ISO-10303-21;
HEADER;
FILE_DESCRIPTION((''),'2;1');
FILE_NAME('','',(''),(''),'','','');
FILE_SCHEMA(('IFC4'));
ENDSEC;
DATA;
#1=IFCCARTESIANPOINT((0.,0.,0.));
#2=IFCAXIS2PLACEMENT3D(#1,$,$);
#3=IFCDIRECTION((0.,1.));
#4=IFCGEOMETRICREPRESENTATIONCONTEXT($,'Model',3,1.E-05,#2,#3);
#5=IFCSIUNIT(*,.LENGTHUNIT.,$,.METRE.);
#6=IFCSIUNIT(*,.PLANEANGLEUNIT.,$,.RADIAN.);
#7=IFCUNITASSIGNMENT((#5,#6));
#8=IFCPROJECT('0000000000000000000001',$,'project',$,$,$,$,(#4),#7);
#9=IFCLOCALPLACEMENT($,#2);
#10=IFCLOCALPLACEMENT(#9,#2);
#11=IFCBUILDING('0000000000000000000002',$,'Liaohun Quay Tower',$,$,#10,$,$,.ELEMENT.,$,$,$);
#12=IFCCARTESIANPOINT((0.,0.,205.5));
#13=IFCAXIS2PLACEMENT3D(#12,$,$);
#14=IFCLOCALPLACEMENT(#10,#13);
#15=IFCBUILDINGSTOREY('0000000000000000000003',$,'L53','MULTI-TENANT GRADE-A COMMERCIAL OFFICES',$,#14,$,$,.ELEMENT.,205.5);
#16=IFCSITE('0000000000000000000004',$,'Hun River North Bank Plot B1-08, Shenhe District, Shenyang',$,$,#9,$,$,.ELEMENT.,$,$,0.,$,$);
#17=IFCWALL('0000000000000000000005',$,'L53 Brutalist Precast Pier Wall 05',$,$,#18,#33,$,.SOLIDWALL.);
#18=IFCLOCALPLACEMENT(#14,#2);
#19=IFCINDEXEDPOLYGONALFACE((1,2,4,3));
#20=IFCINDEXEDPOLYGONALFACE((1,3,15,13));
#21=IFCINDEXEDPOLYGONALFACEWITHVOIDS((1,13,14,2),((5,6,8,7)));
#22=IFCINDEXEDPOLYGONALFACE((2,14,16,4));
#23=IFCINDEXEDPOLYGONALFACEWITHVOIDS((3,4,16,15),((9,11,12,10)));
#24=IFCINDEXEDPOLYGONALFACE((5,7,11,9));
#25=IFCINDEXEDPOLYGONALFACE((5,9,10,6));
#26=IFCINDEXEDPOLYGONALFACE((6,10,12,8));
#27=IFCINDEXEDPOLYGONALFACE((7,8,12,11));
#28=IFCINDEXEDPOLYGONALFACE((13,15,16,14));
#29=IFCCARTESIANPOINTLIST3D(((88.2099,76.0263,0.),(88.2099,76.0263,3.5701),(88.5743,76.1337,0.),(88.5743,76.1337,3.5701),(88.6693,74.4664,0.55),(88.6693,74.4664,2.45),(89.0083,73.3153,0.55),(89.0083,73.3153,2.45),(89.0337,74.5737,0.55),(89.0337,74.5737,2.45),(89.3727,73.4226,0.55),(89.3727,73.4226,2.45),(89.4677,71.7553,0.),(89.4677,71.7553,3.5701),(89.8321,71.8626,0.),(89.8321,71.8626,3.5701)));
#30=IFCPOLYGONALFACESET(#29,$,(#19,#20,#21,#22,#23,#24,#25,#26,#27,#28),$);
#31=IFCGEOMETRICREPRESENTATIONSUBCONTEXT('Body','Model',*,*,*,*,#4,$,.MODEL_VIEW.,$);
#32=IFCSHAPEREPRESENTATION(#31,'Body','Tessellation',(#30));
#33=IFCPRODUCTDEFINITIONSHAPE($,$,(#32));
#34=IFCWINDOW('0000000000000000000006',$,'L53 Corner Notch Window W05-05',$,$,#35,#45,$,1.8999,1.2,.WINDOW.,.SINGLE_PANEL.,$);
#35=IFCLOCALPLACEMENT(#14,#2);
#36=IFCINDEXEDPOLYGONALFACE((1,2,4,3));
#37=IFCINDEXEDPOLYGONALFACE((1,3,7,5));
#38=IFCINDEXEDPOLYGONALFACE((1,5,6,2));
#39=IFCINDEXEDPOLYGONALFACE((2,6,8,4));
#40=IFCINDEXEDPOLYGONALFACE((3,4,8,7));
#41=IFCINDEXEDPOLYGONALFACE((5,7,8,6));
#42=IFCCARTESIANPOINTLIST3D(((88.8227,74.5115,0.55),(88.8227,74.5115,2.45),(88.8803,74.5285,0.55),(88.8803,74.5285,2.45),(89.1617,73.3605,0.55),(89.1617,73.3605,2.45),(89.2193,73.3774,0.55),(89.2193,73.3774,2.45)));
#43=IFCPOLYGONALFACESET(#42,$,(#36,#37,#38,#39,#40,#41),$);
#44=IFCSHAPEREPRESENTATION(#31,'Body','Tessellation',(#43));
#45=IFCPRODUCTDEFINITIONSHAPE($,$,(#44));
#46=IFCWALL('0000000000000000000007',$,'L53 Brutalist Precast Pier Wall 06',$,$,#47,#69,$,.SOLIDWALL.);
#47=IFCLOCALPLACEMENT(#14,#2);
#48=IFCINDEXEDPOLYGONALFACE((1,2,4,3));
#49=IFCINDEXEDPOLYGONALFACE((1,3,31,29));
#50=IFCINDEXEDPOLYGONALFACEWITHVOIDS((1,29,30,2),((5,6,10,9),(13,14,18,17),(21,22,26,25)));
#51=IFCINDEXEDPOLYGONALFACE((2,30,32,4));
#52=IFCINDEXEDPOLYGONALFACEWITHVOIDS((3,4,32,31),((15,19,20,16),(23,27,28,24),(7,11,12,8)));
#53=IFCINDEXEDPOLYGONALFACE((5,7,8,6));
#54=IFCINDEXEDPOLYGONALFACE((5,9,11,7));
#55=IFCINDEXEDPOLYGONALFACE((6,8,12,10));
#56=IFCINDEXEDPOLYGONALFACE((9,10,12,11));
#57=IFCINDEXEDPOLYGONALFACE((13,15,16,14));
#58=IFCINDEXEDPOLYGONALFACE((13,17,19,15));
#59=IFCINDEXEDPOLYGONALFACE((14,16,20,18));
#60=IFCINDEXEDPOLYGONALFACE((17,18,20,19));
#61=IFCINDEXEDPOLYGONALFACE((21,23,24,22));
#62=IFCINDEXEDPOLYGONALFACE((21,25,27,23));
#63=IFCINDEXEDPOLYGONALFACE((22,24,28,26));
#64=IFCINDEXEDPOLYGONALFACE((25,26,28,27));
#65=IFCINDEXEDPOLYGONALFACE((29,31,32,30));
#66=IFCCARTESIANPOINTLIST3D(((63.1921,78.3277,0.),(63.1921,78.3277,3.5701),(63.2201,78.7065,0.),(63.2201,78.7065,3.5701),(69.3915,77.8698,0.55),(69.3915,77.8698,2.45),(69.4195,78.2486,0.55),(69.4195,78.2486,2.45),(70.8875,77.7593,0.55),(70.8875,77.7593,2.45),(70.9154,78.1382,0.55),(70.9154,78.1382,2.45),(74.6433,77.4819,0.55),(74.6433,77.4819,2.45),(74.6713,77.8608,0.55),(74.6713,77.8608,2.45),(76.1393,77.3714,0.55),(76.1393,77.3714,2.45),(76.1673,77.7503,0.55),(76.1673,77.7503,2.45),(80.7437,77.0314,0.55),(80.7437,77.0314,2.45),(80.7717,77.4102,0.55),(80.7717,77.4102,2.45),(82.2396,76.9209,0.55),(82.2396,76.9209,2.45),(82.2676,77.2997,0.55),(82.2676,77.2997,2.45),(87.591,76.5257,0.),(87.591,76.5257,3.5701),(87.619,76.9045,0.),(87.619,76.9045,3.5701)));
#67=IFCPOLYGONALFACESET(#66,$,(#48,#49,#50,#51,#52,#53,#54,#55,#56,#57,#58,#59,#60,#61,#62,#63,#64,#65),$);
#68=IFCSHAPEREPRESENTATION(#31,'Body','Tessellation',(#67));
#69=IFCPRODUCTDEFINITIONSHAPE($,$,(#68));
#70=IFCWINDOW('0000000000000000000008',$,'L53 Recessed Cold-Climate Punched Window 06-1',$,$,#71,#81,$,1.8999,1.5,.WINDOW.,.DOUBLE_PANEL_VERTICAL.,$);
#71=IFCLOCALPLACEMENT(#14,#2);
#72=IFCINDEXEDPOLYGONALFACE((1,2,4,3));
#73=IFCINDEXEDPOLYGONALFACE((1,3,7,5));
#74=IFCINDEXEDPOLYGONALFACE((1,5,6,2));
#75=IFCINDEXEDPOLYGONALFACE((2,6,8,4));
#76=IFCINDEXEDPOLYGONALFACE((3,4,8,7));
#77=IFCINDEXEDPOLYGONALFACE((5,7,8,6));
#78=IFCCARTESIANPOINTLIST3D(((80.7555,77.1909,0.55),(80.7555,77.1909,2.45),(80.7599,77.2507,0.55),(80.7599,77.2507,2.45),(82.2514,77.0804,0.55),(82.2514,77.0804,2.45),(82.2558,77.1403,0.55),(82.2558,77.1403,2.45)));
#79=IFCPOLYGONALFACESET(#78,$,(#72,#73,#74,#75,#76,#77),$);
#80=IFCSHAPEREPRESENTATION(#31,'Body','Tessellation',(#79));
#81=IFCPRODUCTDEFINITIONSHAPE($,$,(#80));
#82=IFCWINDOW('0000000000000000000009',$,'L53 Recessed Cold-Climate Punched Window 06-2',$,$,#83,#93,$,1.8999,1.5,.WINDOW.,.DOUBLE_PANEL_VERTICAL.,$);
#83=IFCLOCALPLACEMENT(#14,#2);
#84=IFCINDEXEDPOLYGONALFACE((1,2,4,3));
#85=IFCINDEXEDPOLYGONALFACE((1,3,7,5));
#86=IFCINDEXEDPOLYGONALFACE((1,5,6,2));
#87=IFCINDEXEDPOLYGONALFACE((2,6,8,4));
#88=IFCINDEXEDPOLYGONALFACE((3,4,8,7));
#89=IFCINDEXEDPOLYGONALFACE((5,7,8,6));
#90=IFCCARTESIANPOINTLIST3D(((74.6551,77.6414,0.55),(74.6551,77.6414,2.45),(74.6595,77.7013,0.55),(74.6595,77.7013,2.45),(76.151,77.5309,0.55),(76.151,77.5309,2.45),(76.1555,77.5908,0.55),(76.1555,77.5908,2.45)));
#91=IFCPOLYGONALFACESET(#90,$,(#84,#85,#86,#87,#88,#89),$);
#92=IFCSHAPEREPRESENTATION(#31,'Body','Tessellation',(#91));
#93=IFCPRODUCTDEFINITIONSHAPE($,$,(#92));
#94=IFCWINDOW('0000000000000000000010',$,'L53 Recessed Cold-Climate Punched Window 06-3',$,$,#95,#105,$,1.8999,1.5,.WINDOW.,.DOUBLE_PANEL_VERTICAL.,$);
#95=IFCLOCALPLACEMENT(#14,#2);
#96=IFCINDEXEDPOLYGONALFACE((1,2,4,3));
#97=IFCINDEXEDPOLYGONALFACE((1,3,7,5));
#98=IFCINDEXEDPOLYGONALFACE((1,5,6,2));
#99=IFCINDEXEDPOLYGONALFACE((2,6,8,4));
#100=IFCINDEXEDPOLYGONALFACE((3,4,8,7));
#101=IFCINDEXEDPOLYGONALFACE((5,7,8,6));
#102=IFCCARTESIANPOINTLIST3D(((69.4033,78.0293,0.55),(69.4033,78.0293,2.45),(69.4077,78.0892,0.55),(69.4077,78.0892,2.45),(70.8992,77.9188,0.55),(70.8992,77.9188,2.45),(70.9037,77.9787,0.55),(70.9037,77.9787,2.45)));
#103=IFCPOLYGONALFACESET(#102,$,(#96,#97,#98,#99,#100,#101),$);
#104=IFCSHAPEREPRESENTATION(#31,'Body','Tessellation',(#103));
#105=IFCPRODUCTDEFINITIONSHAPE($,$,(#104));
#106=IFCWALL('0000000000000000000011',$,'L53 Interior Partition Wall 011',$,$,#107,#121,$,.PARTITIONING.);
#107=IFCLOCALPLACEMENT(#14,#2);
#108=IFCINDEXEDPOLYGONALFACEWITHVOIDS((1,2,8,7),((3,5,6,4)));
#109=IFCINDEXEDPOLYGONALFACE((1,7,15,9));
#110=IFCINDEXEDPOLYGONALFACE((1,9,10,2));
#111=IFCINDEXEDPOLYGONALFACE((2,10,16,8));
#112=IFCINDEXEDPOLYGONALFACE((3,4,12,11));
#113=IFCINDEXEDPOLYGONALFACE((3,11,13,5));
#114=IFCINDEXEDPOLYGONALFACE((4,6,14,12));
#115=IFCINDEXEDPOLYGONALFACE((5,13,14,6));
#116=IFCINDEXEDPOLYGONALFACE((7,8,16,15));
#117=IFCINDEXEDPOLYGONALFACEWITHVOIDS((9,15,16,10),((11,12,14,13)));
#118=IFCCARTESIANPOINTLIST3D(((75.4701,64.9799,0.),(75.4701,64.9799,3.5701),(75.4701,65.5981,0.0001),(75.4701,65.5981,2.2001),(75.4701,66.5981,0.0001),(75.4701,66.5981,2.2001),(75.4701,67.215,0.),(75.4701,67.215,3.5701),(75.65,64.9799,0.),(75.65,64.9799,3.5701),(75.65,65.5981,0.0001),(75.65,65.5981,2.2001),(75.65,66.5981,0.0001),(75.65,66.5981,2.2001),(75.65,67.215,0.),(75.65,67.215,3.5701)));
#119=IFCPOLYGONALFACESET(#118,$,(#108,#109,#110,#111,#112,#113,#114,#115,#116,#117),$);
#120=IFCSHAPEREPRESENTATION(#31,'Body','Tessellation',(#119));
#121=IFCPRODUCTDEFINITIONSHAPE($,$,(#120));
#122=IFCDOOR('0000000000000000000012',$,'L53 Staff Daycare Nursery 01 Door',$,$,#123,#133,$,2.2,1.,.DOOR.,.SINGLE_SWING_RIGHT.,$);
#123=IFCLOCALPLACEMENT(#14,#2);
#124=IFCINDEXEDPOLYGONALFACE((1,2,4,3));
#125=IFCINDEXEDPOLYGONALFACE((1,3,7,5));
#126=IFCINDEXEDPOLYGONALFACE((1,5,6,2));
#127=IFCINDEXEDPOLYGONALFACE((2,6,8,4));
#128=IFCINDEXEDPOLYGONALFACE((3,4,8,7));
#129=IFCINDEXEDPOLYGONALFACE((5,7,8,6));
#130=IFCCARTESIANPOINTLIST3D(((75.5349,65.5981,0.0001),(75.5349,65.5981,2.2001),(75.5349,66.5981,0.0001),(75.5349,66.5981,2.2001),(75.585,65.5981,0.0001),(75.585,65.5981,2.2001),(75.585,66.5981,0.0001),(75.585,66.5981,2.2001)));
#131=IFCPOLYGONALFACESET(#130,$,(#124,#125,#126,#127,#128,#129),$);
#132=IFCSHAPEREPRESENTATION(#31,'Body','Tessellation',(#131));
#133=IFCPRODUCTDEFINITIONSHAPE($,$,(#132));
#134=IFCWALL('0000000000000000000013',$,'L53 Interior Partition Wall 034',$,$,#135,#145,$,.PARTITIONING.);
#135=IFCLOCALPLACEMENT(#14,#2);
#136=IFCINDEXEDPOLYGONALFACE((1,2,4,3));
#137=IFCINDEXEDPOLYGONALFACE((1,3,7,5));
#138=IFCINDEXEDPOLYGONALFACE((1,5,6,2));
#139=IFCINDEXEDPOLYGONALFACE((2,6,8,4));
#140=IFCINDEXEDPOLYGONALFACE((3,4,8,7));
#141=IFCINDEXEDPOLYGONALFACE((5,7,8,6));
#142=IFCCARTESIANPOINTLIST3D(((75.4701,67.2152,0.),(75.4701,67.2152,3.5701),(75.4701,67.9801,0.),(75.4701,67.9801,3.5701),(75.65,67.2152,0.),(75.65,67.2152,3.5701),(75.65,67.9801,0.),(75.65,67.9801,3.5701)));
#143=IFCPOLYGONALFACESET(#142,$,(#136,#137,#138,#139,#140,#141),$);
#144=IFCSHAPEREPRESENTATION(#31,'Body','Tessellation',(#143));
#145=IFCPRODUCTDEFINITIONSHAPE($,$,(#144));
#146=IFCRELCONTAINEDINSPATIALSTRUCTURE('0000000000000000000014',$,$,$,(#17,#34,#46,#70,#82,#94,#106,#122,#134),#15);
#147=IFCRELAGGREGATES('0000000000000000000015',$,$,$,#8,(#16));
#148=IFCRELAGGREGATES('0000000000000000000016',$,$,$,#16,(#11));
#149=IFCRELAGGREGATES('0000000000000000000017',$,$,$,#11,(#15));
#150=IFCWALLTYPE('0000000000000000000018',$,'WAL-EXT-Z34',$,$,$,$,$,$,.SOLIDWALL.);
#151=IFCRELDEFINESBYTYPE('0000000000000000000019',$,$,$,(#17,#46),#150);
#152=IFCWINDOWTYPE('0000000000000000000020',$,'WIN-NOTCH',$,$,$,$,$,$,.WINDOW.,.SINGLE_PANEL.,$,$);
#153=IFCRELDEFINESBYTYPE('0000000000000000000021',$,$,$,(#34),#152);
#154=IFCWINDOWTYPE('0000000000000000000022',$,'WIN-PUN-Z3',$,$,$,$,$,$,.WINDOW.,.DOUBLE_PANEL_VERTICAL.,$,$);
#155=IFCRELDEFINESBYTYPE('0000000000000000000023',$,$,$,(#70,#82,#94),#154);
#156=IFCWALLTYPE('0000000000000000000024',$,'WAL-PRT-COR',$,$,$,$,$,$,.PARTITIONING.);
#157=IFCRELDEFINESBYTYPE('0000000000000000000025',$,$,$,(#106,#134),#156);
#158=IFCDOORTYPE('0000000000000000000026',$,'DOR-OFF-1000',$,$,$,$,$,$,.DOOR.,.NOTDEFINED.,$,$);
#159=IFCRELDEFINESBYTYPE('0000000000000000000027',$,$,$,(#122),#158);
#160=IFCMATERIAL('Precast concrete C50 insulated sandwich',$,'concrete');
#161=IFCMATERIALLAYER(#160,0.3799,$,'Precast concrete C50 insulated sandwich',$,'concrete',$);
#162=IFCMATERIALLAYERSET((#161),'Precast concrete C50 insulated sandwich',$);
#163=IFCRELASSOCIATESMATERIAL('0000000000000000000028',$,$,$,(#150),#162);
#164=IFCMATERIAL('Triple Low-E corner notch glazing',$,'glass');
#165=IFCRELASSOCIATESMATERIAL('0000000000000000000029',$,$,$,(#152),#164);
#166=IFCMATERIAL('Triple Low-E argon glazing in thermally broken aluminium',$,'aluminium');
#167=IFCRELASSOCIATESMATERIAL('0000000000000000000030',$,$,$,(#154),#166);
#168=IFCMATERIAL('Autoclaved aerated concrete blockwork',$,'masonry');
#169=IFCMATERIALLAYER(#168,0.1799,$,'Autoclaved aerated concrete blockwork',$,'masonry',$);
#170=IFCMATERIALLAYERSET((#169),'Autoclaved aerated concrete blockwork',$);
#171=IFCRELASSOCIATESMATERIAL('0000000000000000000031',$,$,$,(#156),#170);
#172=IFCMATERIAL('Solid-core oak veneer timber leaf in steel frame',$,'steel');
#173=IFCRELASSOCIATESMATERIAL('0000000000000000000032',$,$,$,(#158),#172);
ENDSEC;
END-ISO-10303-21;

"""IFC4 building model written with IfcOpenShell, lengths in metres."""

from ifc_helpers import new_model, si_unit, direction, frame, frame_2d, origin, place, context, subcontext, project, spatial, rectangle, extrude, source, transform, mapped, material, layer, layer_set, type_object, element, fill, save


model = new_model("IFC4")

# Units and contexts
model_context = context("Model", 3, precision=1e-05, world=origin(), true_north=direction((0.0, 1.0)))
body_context = subcontext(model_context, "Body", "Model", "MODEL_VIEW")
ifc_project = project(units=[si_unit("LENGTHUNIT", "METRE"), si_unit("PLANEANGLEUNIT", "RADIAN")], contexts=[model_context])

# Site, building, storey
site_placement = place(None, origin())
site = spatial("IfcSite", under=ifc_project, at=site_placement, Name="Hun River North Bank Plot B1-08, Shenhe District, Shenyang", CompositionType="ELEMENT", RefElevation=0.0)
building_placement = place(site_placement, origin())
building = spatial("IfcBuilding", under=site, at=building_placement, Name="Liaohun Quay Tower", CompositionType="ELEMENT")
storey_placement = place(building_placement, frame((0.0, 0.0, 205.5)))
storey = spatial("IfcBuildingStorey", under=building, at=storey_placement, Name="L53", Description="MULTI-TENANT GRADE-A COMMERCIAL OFFICES", CompositionType="ELEMENT", Elevation=205.5)

# Wall, opening, window
ifc_material_1 = material(Name="Precast concrete C50 insulated sandwich", Category="concrete")
ifc_layer_1 = layer(ifc_material_1, 0.3799, Name="Precast concrete C50 insulated sandwich", Category="concrete")
ifc_layer_set_1 = layer_set([ifc_layer_1], Name="Precast concrete C50 insulated sandwich")
wall_type_1 = type_object("IfcWallType", Name="WAL-EXT-Z34", PredefinedType="SOLIDWALL", material=ifc_layer_set_1)
shared_shape_1 = source(origin(), body_context, "Body", "SweptSolid", [
    extrude(rectangle(XDim=1.2, YDim=1.8999, at=frame_2d((0.6001, 0.95))), frame((0.0, 0.2, 0.0), z_axis=(0.0, -1.0, 0.0), x_axis=(1.0, 0.0, 0.0)), (0.0, 0.0, 1.0), 0.3999),
])
ifc_material_2 = material(Name="Triple Low-E corner notch glazing", Category="glass")
window_type_1 = type_object("IfcWindowType", Name="WIN-NOTCH", PartitioningType="SINGLE_PANEL", PredefinedType="WINDOW", material=ifc_material_2)
shared_shape_2 = source(origin(), body_context, "Body", "SweptSolid", [
    extrude(rectangle(XDim=1.2, YDim=1.8999, at=frame_2d((0.6001, 0.95))), frame((0.0, 0.03, 0.0), z_axis=(0.0, -1.0, 0.0), x_axis=(1.0, 0.0, 0.0)), (0.0, 0.0, 1.0), 0.0601),
])
wall_1_placement = place(storey_placement, frame((89.6499, 71.8091, 0.0), z_axis=(0.0, 0.0, 1.0), x_axis=(-0.282505, 0.959266, 0.0)))
wall_1 = element("IfcWall", 1, at=wall_1_placement, inside=storey, type_object=wall_type_1, Name="L53 Brutalist Precast Pier Wall 05", PredefinedType="SOLIDWALL", context=body_context, shape_type="SweptSolid", body=[
    extrude(rectangle(XDim=4.4524, YDim=0.3799, at=frame_2d((2.2261, 0.0))), origin(), (0.0, 0.0, 1.0), 3.5701),
])
opening_1_placement = place(wall_1_placement, frame((1.626, 0.0, 0.55)))
opening_1 = element("IfcOpeningElement", 2, at=opening_1_placement, cuts=wall_1, PredefinedType="OPENING", context=body_context, shape_type="MappedRepresentation", body=[
    mapped(shared_shape_1, transform((0.0, 0.0, 0.0), x_axis=(1.0, 0.0, 0.0), y_axis=(0.0, 1.0, 0.0), z_axis=(0.0, 0.0, 1.0), scale=1.0)),
])
window_1_placement = place(opening_1_placement, origin())
window_1 = element("IfcWindow", 3, at=window_1_placement, inside=storey, type_object=window_type_1, Name="L53 Corner Notch Window W05-05", OverallHeight=1.8999, OverallWidth=1.2, PartitioningType="SINGLE_PANEL", PredefinedType="WINDOW", context=body_context, shape_type="MappedRepresentation", body=[
    mapped(shared_shape_2, transform((0.0, 0.0, 0.0), x_axis=(1.0, 0.0, 0.0), y_axis=(0.0, 1.0, 0.0), z_axis=(0.0, 0.0, 1.0), scale=1.0)),
])
fill(opening_1, window_1)

# Wall, openings, windows
wall_2_placement = place(storey_placement, frame((87.605, 76.7151, 0.0), z_axis=(0.0, 0.0, 1.0), x_axis=(-0.997284, 0.073655, 0.0)))
wall_2 = element("IfcWall", 4, at=wall_2_placement, inside=storey, type_object=wall_type_1, Name="L53 Brutalist Precast Pier Wall 06", PredefinedType="SOLIDWALL", context=body_context, shape_type="SweptSolid", body=[
    extrude(rectangle(XDim=24.4653, YDim=0.3799, at=frame_2d((12.2327, 0.0))), origin(), (0.0, 0.0, 1.0), 3.5701),
])
shared_shape_3 = source(origin(), body_context, "Body", "SweptSolid", [
    extrude(rectangle(XDim=1.5, YDim=1.8999, at=frame_2d((0.75, 0.95))), frame((0.0, 0.2, 0.0), z_axis=(0.0, -1.0, 0.0), x_axis=(1.0, 0.0, 0.0)), (0.0, 0.0, 1.0), 0.3999),
])
opening_2_placement = place(wall_2_placement, frame((5.366, 0.0, 0.55)))
opening_2 = element("IfcOpeningElement", 5, at=opening_2_placement, cuts=wall_2, PredefinedType="OPENING", context=body_context, shape_type="MappedRepresentation", body=[
    mapped(shared_shape_3, transform((0.0, 0.0, 0.0), x_axis=(1.0, 0.0, 0.0), y_axis=(0.0, 1.0, 0.0), z_axis=(0.0, 0.0, 1.0), scale=1.0)),
])
opening_3_placement = place(wall_2_placement, frame((11.4829, 0.0, 0.55)))
opening_3 = element("IfcOpeningElement", 6, at=opening_3_placement, cuts=wall_2, PredefinedType="OPENING", context=body_context, shape_type="MappedRepresentation", body=[
    mapped(shared_shape_3, transform((0.0, 0.0, 0.0), x_axis=(1.0, 0.0, 0.0), y_axis=(0.0, 1.0, 0.0), z_axis=(0.0, 0.0, 1.0), scale=1.0)),
])
opening_4_placement = place(wall_2_placement, frame((16.749, 0.0, 0.55)))
opening_4 = element("IfcOpeningElement", 7, at=opening_4_placement, cuts=wall_2, PredefinedType="OPENING", context=body_context, shape_type="MappedRepresentation", body=[
    mapped(shared_shape_3, transform((0.0, 0.0, 0.0), x_axis=(1.0, 0.0, 0.0), y_axis=(0.0, 1.0, 0.0), z_axis=(0.0, 0.0, 1.0), scale=1.0)),
])
ifc_material_3 = material(Name="Triple Low-E argon glazing in thermally broken aluminium", Category="aluminium")
window_type_2 = type_object("IfcWindowType", Name="WIN-PUN-Z3", PartitioningType="DOUBLE_PANEL_VERTICAL", PredefinedType="WINDOW", material=ifc_material_3)
shared_shape_4 = source(origin(), body_context, "Body", "SweptSolid", [
    extrude(rectangle(XDim=1.5, YDim=1.8999, at=frame_2d((0.75, 0.95))), frame((0.0, 0.03, 0.0), z_axis=(0.0, -1.0, 0.0), x_axis=(1.0, 0.0, 0.0)), (0.0, 0.0, 1.0), 0.0601),
])
window_2_placement = place(opening_2_placement, origin())
window_2 = element("IfcWindow", 8, at=window_2_placement, inside=storey, type_object=window_type_2, Name="L53 Recessed Cold-Climate Punched Window 06-1", OverallHeight=1.8999, OverallWidth=1.5, PartitioningType="DOUBLE_PANEL_VERTICAL", PredefinedType="WINDOW", context=body_context, shape_type="MappedRepresentation", body=[
    mapped(shared_shape_4, transform((0.0, 0.0, 0.0), x_axis=(1.0, 0.0, 0.0), y_axis=(0.0, 1.0, 0.0), z_axis=(0.0, 0.0, 1.0), scale=1.0)),
])
fill(opening_2, window_2)
window_3_placement = place(opening_3_placement, origin())
window_3 = element("IfcWindow", 9, at=window_3_placement, inside=storey, type_object=window_type_2, Name="L53 Recessed Cold-Climate Punched Window 06-2", OverallHeight=1.8999, OverallWidth=1.5, PartitioningType="DOUBLE_PANEL_VERTICAL", PredefinedType="WINDOW", context=body_context, shape_type="MappedRepresentation", body=[
    mapped(shared_shape_4, transform((0.0, 0.0, 0.0), x_axis=(1.0, 0.0, 0.0), y_axis=(0.0, 1.0, 0.0), z_axis=(0.0, 0.0, 1.0), scale=1.0)),
])
fill(opening_3, window_3)
window_4_placement = place(opening_4_placement, origin())
window_4 = element("IfcWindow", 10, at=window_4_placement, inside=storey, type_object=window_type_2, Name="L53 Recessed Cold-Climate Punched Window 06-3", OverallHeight=1.8999, OverallWidth=1.5, PartitioningType="DOUBLE_PANEL_VERTICAL", PredefinedType="WINDOW", context=body_context, shape_type="MappedRepresentation", body=[
    mapped(shared_shape_4, transform((0.0, 0.0, 0.0), x_axis=(1.0, 0.0, 0.0), y_axis=(0.0, 1.0, 0.0), z_axis=(0.0, 0.0, 1.0), scale=1.0)),
])
fill(opening_4, window_4)

# Wall, opening, door
ifc_material_4 = material(Name="Autoclaved aerated concrete blockwork", Category="masonry")
ifc_layer_2 = layer(ifc_material_4, 0.1799, Name="Autoclaved aerated concrete blockwork", Category="masonry")
ifc_layer_set_2 = layer_set([ifc_layer_2], Name="Autoclaved aerated concrete blockwork")
wall_type_2 = type_object("IfcWallType", Name="WAL-PRT-COR", PredefinedType="PARTITIONING", material=ifc_layer_set_2)
wall_3_placement = place(storey_placement, frame((75.5601, 67.2151, 0.0), z_axis=(0.0, 0.0, 1.0), x_axis=(0.0, -1.0, 0.0)))
wall_3 = element("IfcWall", 11, at=wall_3_placement, inside=storey, type_object=wall_type_2, Name="L53 Interior Partition Wall 011", PredefinedType="PARTITIONING", context=body_context, shape_type="SweptSolid", body=[
    extrude(rectangle(XDim=2.2351, YDim=0.1799, at=frame_2d((1.1177, 0.0))), origin(), (0.0, 0.0, 1.0), 3.5701),
])
shared_shape_5 = source(origin(), body_context, "Body", "SweptSolid", [
    extrude(rectangle(XDim=1.0, YDim=2.2, at=frame_2d((0.5, 1.1001))), frame((0.0, 0.0999, 0.0), z_axis=(0.0, -1.0, 0.0), x_axis=(1.0, 0.0, 0.0)), (0.0, 0.0, 1.0), 0.2),
])
opening_5_placement = place(wall_3_placement, frame((0.6169, 0.0, 0.0)))
opening_5 = element("IfcOpeningElement", 12, at=opening_5_placement, cuts=wall_3, PredefinedType="OPENING", context=body_context, shape_type="MappedRepresentation", body=[
    mapped(shared_shape_5, transform((0.0, 0.0, 0.0), x_axis=(1.0, 0.0, 0.0), y_axis=(0.0, 1.0, 0.0), z_axis=(0.0, 0.0, 1.0), scale=1.0)),
])
ifc_material_5 = material(Name="Solid-core oak veneer timber leaf in steel frame", Category="steel")
door_type = type_object("IfcDoorType", Name="DOR-OFF-1000", OperationType="NOTDEFINED", PredefinedType="DOOR", material=ifc_material_5)
shared_shape_6 = source(origin(), body_context, "Body", "SweptSolid", [
    extrude(rectangle(XDim=1.0, YDim=2.2, at=frame_2d((0.5, 1.1001))), frame((0.0, 0.0249, 0.0), z_axis=(0.0, -1.0, 0.0), x_axis=(1.0, 0.0, 0.0)), (0.0, 0.0, 1.0), 0.05),
])
door_placement = place(opening_5_placement, origin())
door = element("IfcDoor", 13, at=door_placement, inside=storey, type_object=door_type, Name="L53 Staff Daycare Nursery 01 Door", OperationType="SINGLE_SWING_RIGHT", OverallHeight=2.2, OverallWidth=1.0, PredefinedType="DOOR", context=body_context, shape_type="MappedRepresentation", body=[
    mapped(shared_shape_6, transform((0.0, 0.0, 0.0), x_axis=(1.0, 0.0, 0.0), y_axis=(0.0, 1.0, 0.0), z_axis=(0.0, 0.0, 1.0), scale=1.0)),
])
fill(opening_5, door)

# Wall
wall_4_placement = place(storey_placement, frame((75.5601, 67.98, 0.0), z_axis=(0.0, 0.0, 1.0), x_axis=(0.0, -1.0, 0.0)))
element("IfcWall", 14, at=wall_4_placement, inside=storey, type_object=wall_type_2, Name="L53 Interior Partition Wall 034", PredefinedType="PARTITIONING", context=body_context, shape_type="SweptSolid", body=[
    extrude(rectangle(XDim=0.7649, YDim=0.1799, at=frame_2d((0.3823, 0.0))), origin(), (0.0, 0.0, 1.0), 3.5701),
])

save(model, "model.ifc")
